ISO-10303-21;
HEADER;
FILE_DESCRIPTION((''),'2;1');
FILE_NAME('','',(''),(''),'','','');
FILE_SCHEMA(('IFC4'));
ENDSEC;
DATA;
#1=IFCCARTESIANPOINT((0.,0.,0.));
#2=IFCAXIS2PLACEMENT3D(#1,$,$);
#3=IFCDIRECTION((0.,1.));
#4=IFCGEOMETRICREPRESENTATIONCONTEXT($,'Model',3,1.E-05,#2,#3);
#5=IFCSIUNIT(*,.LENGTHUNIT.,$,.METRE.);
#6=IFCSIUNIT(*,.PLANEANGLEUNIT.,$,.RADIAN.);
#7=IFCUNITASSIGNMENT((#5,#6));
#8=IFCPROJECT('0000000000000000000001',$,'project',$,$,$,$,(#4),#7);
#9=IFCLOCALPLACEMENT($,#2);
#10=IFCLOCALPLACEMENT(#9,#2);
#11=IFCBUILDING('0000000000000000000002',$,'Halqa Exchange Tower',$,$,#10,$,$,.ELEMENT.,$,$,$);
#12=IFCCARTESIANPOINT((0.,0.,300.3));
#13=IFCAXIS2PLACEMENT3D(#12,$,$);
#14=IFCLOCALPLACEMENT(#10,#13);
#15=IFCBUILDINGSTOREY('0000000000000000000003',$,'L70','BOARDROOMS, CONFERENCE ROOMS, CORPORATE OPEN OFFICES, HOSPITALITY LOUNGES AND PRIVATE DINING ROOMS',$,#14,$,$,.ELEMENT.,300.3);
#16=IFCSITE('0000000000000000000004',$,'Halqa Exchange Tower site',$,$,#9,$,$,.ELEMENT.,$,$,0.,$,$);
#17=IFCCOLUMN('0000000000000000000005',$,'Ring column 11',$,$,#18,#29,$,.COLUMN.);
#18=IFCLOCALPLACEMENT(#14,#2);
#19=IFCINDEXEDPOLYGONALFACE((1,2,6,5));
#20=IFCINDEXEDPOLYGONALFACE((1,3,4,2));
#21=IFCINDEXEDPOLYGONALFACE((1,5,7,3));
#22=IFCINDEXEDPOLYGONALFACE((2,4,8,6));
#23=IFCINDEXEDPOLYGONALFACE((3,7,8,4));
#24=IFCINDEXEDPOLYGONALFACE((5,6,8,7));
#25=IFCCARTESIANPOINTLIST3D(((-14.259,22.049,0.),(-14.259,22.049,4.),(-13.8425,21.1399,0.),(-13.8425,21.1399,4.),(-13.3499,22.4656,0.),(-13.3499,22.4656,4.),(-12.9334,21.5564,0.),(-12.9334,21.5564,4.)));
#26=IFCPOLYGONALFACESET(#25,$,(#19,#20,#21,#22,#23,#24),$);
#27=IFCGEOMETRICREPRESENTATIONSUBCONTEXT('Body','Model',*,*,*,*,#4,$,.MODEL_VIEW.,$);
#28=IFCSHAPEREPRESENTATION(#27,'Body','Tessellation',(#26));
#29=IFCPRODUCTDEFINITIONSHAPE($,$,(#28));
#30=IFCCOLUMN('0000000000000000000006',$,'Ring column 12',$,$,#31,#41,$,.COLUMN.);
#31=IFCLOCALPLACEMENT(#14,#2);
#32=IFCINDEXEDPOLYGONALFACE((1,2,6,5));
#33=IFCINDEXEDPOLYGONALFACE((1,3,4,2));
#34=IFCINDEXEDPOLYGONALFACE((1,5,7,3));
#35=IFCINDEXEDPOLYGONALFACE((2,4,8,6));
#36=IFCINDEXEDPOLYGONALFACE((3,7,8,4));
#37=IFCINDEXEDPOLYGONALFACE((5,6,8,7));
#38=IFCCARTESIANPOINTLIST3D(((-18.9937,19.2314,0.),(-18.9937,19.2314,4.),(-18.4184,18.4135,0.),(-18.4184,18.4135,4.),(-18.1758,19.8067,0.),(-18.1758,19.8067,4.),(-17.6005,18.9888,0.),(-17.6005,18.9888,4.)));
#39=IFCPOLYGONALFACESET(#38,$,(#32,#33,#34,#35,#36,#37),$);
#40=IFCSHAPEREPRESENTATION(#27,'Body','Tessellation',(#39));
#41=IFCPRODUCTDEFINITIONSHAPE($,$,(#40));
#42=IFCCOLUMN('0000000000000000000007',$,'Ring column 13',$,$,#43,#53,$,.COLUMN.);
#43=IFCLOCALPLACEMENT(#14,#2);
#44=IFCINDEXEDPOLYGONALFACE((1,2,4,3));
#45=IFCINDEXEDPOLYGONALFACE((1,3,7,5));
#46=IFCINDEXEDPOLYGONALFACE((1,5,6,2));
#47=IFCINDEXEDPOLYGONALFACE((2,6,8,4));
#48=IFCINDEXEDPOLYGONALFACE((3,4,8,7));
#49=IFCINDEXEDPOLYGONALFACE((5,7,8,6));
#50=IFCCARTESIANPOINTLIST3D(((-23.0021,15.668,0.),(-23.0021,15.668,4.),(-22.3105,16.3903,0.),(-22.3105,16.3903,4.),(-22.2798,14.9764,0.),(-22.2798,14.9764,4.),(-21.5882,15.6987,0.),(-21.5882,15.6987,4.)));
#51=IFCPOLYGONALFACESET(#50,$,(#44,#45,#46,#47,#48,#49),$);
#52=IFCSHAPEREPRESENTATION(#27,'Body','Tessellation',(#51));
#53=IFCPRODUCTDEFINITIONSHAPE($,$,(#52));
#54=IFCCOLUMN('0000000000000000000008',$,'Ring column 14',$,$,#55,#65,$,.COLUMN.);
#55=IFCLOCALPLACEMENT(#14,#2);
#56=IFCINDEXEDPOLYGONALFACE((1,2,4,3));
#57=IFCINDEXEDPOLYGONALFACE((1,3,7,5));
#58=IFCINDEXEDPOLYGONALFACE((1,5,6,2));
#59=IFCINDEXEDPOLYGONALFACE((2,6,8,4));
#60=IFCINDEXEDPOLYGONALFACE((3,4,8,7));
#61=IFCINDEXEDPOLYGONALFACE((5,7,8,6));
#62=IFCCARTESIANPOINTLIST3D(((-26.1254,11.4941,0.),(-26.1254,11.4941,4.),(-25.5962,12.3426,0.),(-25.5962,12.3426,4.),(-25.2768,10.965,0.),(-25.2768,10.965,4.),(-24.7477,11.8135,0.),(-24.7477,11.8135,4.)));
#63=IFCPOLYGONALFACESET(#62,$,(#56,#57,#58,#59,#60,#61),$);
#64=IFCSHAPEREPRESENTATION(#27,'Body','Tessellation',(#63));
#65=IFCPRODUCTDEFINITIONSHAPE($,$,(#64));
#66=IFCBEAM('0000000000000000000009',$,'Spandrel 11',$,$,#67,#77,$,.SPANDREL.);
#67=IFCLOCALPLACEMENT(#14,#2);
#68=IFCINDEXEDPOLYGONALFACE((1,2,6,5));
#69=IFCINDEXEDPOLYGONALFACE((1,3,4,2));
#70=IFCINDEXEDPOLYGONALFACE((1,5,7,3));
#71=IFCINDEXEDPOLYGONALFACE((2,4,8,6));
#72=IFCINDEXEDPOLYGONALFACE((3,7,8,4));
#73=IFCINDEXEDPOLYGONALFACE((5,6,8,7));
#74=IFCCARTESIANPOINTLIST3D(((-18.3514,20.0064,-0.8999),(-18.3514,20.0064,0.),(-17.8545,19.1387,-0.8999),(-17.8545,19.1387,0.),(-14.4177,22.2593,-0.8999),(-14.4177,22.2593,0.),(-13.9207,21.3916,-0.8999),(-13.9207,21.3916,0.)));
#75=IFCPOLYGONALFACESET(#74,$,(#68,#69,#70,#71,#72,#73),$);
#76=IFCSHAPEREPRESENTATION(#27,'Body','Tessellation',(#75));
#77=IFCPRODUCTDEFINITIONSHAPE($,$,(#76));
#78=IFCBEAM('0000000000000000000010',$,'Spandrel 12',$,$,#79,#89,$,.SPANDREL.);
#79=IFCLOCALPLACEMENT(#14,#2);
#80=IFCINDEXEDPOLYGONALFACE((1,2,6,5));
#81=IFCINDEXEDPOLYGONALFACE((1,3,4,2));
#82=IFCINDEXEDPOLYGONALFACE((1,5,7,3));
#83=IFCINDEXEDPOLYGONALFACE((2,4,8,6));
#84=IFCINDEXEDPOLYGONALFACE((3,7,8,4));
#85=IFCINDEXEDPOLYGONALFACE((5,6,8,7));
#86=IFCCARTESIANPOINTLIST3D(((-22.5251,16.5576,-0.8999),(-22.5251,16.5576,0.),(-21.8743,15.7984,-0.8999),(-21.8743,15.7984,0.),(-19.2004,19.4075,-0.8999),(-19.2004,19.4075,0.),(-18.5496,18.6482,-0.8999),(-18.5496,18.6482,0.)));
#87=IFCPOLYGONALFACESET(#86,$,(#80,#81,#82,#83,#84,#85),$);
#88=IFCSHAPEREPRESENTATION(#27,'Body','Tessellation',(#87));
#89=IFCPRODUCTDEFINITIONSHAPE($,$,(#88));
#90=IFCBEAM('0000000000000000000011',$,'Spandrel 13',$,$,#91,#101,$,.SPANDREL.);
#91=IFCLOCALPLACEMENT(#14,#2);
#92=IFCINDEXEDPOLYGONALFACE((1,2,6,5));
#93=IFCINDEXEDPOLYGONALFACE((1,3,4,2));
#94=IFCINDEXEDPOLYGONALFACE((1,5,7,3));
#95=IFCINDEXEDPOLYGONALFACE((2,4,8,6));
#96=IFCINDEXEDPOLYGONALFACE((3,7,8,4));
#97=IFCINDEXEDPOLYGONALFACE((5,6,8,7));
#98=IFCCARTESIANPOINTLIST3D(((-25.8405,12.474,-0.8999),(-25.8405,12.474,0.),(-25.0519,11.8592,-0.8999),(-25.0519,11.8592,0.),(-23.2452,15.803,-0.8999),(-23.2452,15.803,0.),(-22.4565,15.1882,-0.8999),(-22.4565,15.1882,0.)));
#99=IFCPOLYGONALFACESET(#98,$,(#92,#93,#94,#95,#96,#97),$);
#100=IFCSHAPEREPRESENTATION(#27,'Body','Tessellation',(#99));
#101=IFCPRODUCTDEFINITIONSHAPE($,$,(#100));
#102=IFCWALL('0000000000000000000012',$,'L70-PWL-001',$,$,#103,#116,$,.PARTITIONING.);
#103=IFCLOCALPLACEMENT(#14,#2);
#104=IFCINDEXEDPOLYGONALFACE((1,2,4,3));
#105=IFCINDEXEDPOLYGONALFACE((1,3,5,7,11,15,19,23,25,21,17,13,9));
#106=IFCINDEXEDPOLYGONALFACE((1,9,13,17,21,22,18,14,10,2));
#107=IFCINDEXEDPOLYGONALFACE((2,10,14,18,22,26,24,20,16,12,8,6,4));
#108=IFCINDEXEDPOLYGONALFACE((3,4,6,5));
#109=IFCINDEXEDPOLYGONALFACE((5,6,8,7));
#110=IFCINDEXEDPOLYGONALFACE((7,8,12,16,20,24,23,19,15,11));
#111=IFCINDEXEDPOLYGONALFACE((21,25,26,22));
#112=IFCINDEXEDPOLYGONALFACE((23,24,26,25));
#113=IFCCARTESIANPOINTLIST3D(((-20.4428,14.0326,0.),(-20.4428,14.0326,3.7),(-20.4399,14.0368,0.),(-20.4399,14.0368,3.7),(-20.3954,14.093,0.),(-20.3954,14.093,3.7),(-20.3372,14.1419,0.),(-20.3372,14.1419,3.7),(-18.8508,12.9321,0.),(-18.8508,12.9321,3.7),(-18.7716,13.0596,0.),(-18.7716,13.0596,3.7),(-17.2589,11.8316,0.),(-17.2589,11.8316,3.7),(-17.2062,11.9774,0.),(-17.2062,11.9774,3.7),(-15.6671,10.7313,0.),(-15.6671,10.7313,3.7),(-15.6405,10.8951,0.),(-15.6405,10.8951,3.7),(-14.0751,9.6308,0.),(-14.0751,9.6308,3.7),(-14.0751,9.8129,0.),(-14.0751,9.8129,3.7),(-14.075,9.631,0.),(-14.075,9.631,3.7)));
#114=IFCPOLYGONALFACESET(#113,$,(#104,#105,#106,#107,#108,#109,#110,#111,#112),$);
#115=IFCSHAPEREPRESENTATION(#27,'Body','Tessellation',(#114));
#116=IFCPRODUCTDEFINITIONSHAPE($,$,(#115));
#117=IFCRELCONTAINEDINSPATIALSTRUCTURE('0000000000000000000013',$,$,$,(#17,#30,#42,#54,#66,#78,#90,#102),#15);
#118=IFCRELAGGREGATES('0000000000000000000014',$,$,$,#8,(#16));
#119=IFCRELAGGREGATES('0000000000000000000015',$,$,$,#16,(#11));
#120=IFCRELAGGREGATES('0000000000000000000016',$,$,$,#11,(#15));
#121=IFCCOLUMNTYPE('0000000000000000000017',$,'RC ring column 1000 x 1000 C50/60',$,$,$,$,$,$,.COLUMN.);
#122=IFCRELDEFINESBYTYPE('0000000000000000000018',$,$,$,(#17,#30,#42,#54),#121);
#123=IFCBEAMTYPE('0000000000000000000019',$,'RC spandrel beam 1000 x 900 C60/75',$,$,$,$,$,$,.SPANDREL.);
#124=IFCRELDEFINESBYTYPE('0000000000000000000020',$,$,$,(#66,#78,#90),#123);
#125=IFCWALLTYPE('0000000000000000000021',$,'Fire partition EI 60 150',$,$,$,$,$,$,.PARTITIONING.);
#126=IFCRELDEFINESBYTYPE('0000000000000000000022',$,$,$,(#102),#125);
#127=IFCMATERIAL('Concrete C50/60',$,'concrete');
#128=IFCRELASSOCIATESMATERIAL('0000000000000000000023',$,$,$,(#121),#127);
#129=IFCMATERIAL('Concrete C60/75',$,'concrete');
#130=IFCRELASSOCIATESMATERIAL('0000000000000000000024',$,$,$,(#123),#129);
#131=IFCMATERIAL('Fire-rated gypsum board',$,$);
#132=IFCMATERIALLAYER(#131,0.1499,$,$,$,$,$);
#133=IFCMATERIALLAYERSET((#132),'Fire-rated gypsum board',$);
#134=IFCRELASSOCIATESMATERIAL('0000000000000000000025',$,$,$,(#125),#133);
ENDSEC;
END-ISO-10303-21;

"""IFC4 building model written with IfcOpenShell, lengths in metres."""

from ifc_helpers import new_model, si_unit, direction, frame, origin, origin_2d, place, context, subcontext, project, spatial, polyline, rectangle, outline, extrude, material, layer, layer_set, material_profile, profile_set, type_object, element, save


model = new_model("IFC4")

# Units and contexts
model_context = context("Model", 3, precision=1e-05, world=origin(), true_north=direction((0.0, 1.0)))
body_context = subcontext(model_context, "Body", "Model", "MODEL_VIEW")
ifc_project = project(units=[si_unit("LENGTHUNIT", "METRE"), si_unit("PLANEANGLEUNIT", "RADIAN")], contexts=[model_context])

# Site, building, storey
site_placement = place(None, origin())
site = spatial("IfcSite", under=ifc_project, at=site_placement, Name="Halqa Exchange Tower site", CompositionType="ELEMENT", RefElevation=0.0)
building_placement = place(site_placement, origin())
building = spatial("IfcBuilding", under=site, at=building_placement, Name="Halqa Exchange Tower", CompositionType="ELEMENT")
storey_placement = place(building_placement, frame((0.0, 0.0, 300.3)))
storey = spatial("IfcBuildingStorey", under=building, at=storey_placement, Name="L70", Description="BOARDROOMS, CONFERENCE ROOMS, CORPORATE OPEN OFFICES, HOSPITALITY LOUNGES AND PRIVATE DINING ROOMS", CompositionType="ELEMENT", Elevation=300.3)

# Columns
ifc_material_1 = material(Name="Concrete C50/60", Category="concrete")
ifc_material_profile_1 = material_profile(ifc_material_1, rectangle(XDim=1.0, YDim=1.0, at=origin_2d()), Name="1000 x 1000")
ifc_profile_set_1 = profile_set([ifc_material_profile_1], Name="Concrete C50/60")
column_type = type_object("IfcColumnType", Name="RC ring column 1000 x 1000 C50/60", PredefinedType="COLUMN", material=ifc_profile_set_1)
for number, where, z_axis, x_axis, name in (
    (1, (-13.5962, 21.8027, 0.0), (0.0, 0.0, 1.0), (-0.909126, -0.41652, 0.0), "Ring column 11"),
    (2, (-18.2971, 19.1101, 0.0), (0.0, 0.0, 1.0), (-0.817904, -0.575355, 0.0), "Ring column 12"),
    (3, (-22.2952, 15.6833, 0.0), (0.0, 0.0, 1.0), (-0.691581, -0.722299, 0.0), "Ring column 13"),
    (4, (-25.4365, 11.6538, 0.0), (0.0, 0.0, 1.0), (-0.529151, -0.848528, 0.0), "Ring column 14"),
):
    element("IfcColumn", number, at=place(storey_placement, frame(where, z_axis=z_axis, x_axis=x_axis)), inside=storey, type_object=column_type, Name=name, PredefinedType="COLUMN", context=body_context, shape_type="SweptSolid", body=[
        extrude(rectangle(XDim=1.0, YDim=1.0, at=origin_2d()), origin(), (0.0, 0.0, 1.0), 4.0),
    ])

# Beams
ifc_material_2 = material(Name="Concrete C60/75", Category="concrete")
ifc_material_profile_2 = material_profile(ifc_material_2, rectangle(XDim=1.0, YDim=0.8999, at=origin_2d()), Name="1000 x 900")
ifc_profile_set_2 = profile_set([ifc_material_profile_2], Name="Concrete C60/75")
beam_type = type_object("IfcBeamType", Name="RC spandrel beam 1000 x 900 C60/75", PredefinedType="SPANDREL", material=ifc_profile_set_2)
beam_1_placement = place(storey_placement, frame((-14.1692, 21.8254, -0.45), z_axis=(-0.867766, -0.496974, 0.0), x_axis=(0.496974, -0.867766, 0.0)))
element("IfcBeam", 5, at=beam_1_placement, inside=storey, type_object=beam_type, Name="Spandrel 11", PredefinedType="SPANDREL", context=body_context, shape_type="SweptSolid", body=[
    extrude(rectangle(XDim=1.0, YDim=0.8999, at=origin_2d()), origin(), (0.0, 0.0, 1.0), 4.5332),
])
beam_2_placement = place(storey_placement, frame((-18.875, 19.0278, -0.45), z_axis=(-0.759245, -0.650805, 0.0), x_axis=(0.650805, -0.759245, 0.0)))
element("IfcBeam", 6, at=beam_2_placement, inside=storey, type_object=beam_type, Name="Spandrel 12", PredefinedType="SPANDREL", context=body_context, shape_type="SweptSolid", body=[
    extrude(rectangle(XDim=1.0, YDim=0.8999, at=origin_2d()), origin(), (0.0, 0.0, 1.0), 4.3789),
])
beam_3_placement = place(storey_placement, frame((-22.8508, 15.4956, -0.45), z_axis=(-0.614849, -0.788645, 0.0), x_axis=(0.788645, -0.614849, 0.0)))
element("IfcBeam", 7, at=beam_3_placement, inside=storey, type_object=beam_type, Name="Spandrel 13", PredefinedType="SPANDREL", context=body_context, shape_type="SweptSolid", body=[
    extrude(rectangle(XDim=1.0, YDim=0.8999, at=origin_2d()), origin(), (0.0, 0.0, 1.0), 4.2212),
])

# Wall
ifc_material_3 = material(Name="Fire-rated gypsum board")
ifc_layer_1 = layer(ifc_material_3, 0.1499)
ifc_layer_set_1 = layer_set([ifc_layer_1], Name="Fire-rated gypsum board")
wall_type_1 = type_object("IfcWallType", Name="Fire partition EI 60 150", PredefinedType="PARTITIONING", material=ifc_layer_set_1)
wall_1_placement = place(storey_placement, frame((-20.4001, 14.0942, 0.0), z_axis=(0.0, 0.0, 1.0), x_axis=(0.822587, -0.568639, 0.0)))
element("IfcWall", 8, at=wall_1_placement, inside=storey, type_object=wall_type_1, Name="L70-PWL-001", PredefinedType="PARTITIONING", context=body_context, shape_type="SweptSolid", body=[
    extrude(outline(polyline([(7.741, -0.075), (7.741, -0.0747), (7.6375, 0.075), (5.7344, 0.075), (3.8311, 0.075), (1.928, 0.075), (0.0247, 0.075), (0.0046, 0.0017), (0.0, -0.0698), (0.0, -0.075), (1.9353, -0.075), (3.8706, -0.075), (5.8057, -0.075), (7.741, -0.075)])), origin(), (0.0, 0.0, 1.0), 3.7),
])

save(model, "model.ifc")
